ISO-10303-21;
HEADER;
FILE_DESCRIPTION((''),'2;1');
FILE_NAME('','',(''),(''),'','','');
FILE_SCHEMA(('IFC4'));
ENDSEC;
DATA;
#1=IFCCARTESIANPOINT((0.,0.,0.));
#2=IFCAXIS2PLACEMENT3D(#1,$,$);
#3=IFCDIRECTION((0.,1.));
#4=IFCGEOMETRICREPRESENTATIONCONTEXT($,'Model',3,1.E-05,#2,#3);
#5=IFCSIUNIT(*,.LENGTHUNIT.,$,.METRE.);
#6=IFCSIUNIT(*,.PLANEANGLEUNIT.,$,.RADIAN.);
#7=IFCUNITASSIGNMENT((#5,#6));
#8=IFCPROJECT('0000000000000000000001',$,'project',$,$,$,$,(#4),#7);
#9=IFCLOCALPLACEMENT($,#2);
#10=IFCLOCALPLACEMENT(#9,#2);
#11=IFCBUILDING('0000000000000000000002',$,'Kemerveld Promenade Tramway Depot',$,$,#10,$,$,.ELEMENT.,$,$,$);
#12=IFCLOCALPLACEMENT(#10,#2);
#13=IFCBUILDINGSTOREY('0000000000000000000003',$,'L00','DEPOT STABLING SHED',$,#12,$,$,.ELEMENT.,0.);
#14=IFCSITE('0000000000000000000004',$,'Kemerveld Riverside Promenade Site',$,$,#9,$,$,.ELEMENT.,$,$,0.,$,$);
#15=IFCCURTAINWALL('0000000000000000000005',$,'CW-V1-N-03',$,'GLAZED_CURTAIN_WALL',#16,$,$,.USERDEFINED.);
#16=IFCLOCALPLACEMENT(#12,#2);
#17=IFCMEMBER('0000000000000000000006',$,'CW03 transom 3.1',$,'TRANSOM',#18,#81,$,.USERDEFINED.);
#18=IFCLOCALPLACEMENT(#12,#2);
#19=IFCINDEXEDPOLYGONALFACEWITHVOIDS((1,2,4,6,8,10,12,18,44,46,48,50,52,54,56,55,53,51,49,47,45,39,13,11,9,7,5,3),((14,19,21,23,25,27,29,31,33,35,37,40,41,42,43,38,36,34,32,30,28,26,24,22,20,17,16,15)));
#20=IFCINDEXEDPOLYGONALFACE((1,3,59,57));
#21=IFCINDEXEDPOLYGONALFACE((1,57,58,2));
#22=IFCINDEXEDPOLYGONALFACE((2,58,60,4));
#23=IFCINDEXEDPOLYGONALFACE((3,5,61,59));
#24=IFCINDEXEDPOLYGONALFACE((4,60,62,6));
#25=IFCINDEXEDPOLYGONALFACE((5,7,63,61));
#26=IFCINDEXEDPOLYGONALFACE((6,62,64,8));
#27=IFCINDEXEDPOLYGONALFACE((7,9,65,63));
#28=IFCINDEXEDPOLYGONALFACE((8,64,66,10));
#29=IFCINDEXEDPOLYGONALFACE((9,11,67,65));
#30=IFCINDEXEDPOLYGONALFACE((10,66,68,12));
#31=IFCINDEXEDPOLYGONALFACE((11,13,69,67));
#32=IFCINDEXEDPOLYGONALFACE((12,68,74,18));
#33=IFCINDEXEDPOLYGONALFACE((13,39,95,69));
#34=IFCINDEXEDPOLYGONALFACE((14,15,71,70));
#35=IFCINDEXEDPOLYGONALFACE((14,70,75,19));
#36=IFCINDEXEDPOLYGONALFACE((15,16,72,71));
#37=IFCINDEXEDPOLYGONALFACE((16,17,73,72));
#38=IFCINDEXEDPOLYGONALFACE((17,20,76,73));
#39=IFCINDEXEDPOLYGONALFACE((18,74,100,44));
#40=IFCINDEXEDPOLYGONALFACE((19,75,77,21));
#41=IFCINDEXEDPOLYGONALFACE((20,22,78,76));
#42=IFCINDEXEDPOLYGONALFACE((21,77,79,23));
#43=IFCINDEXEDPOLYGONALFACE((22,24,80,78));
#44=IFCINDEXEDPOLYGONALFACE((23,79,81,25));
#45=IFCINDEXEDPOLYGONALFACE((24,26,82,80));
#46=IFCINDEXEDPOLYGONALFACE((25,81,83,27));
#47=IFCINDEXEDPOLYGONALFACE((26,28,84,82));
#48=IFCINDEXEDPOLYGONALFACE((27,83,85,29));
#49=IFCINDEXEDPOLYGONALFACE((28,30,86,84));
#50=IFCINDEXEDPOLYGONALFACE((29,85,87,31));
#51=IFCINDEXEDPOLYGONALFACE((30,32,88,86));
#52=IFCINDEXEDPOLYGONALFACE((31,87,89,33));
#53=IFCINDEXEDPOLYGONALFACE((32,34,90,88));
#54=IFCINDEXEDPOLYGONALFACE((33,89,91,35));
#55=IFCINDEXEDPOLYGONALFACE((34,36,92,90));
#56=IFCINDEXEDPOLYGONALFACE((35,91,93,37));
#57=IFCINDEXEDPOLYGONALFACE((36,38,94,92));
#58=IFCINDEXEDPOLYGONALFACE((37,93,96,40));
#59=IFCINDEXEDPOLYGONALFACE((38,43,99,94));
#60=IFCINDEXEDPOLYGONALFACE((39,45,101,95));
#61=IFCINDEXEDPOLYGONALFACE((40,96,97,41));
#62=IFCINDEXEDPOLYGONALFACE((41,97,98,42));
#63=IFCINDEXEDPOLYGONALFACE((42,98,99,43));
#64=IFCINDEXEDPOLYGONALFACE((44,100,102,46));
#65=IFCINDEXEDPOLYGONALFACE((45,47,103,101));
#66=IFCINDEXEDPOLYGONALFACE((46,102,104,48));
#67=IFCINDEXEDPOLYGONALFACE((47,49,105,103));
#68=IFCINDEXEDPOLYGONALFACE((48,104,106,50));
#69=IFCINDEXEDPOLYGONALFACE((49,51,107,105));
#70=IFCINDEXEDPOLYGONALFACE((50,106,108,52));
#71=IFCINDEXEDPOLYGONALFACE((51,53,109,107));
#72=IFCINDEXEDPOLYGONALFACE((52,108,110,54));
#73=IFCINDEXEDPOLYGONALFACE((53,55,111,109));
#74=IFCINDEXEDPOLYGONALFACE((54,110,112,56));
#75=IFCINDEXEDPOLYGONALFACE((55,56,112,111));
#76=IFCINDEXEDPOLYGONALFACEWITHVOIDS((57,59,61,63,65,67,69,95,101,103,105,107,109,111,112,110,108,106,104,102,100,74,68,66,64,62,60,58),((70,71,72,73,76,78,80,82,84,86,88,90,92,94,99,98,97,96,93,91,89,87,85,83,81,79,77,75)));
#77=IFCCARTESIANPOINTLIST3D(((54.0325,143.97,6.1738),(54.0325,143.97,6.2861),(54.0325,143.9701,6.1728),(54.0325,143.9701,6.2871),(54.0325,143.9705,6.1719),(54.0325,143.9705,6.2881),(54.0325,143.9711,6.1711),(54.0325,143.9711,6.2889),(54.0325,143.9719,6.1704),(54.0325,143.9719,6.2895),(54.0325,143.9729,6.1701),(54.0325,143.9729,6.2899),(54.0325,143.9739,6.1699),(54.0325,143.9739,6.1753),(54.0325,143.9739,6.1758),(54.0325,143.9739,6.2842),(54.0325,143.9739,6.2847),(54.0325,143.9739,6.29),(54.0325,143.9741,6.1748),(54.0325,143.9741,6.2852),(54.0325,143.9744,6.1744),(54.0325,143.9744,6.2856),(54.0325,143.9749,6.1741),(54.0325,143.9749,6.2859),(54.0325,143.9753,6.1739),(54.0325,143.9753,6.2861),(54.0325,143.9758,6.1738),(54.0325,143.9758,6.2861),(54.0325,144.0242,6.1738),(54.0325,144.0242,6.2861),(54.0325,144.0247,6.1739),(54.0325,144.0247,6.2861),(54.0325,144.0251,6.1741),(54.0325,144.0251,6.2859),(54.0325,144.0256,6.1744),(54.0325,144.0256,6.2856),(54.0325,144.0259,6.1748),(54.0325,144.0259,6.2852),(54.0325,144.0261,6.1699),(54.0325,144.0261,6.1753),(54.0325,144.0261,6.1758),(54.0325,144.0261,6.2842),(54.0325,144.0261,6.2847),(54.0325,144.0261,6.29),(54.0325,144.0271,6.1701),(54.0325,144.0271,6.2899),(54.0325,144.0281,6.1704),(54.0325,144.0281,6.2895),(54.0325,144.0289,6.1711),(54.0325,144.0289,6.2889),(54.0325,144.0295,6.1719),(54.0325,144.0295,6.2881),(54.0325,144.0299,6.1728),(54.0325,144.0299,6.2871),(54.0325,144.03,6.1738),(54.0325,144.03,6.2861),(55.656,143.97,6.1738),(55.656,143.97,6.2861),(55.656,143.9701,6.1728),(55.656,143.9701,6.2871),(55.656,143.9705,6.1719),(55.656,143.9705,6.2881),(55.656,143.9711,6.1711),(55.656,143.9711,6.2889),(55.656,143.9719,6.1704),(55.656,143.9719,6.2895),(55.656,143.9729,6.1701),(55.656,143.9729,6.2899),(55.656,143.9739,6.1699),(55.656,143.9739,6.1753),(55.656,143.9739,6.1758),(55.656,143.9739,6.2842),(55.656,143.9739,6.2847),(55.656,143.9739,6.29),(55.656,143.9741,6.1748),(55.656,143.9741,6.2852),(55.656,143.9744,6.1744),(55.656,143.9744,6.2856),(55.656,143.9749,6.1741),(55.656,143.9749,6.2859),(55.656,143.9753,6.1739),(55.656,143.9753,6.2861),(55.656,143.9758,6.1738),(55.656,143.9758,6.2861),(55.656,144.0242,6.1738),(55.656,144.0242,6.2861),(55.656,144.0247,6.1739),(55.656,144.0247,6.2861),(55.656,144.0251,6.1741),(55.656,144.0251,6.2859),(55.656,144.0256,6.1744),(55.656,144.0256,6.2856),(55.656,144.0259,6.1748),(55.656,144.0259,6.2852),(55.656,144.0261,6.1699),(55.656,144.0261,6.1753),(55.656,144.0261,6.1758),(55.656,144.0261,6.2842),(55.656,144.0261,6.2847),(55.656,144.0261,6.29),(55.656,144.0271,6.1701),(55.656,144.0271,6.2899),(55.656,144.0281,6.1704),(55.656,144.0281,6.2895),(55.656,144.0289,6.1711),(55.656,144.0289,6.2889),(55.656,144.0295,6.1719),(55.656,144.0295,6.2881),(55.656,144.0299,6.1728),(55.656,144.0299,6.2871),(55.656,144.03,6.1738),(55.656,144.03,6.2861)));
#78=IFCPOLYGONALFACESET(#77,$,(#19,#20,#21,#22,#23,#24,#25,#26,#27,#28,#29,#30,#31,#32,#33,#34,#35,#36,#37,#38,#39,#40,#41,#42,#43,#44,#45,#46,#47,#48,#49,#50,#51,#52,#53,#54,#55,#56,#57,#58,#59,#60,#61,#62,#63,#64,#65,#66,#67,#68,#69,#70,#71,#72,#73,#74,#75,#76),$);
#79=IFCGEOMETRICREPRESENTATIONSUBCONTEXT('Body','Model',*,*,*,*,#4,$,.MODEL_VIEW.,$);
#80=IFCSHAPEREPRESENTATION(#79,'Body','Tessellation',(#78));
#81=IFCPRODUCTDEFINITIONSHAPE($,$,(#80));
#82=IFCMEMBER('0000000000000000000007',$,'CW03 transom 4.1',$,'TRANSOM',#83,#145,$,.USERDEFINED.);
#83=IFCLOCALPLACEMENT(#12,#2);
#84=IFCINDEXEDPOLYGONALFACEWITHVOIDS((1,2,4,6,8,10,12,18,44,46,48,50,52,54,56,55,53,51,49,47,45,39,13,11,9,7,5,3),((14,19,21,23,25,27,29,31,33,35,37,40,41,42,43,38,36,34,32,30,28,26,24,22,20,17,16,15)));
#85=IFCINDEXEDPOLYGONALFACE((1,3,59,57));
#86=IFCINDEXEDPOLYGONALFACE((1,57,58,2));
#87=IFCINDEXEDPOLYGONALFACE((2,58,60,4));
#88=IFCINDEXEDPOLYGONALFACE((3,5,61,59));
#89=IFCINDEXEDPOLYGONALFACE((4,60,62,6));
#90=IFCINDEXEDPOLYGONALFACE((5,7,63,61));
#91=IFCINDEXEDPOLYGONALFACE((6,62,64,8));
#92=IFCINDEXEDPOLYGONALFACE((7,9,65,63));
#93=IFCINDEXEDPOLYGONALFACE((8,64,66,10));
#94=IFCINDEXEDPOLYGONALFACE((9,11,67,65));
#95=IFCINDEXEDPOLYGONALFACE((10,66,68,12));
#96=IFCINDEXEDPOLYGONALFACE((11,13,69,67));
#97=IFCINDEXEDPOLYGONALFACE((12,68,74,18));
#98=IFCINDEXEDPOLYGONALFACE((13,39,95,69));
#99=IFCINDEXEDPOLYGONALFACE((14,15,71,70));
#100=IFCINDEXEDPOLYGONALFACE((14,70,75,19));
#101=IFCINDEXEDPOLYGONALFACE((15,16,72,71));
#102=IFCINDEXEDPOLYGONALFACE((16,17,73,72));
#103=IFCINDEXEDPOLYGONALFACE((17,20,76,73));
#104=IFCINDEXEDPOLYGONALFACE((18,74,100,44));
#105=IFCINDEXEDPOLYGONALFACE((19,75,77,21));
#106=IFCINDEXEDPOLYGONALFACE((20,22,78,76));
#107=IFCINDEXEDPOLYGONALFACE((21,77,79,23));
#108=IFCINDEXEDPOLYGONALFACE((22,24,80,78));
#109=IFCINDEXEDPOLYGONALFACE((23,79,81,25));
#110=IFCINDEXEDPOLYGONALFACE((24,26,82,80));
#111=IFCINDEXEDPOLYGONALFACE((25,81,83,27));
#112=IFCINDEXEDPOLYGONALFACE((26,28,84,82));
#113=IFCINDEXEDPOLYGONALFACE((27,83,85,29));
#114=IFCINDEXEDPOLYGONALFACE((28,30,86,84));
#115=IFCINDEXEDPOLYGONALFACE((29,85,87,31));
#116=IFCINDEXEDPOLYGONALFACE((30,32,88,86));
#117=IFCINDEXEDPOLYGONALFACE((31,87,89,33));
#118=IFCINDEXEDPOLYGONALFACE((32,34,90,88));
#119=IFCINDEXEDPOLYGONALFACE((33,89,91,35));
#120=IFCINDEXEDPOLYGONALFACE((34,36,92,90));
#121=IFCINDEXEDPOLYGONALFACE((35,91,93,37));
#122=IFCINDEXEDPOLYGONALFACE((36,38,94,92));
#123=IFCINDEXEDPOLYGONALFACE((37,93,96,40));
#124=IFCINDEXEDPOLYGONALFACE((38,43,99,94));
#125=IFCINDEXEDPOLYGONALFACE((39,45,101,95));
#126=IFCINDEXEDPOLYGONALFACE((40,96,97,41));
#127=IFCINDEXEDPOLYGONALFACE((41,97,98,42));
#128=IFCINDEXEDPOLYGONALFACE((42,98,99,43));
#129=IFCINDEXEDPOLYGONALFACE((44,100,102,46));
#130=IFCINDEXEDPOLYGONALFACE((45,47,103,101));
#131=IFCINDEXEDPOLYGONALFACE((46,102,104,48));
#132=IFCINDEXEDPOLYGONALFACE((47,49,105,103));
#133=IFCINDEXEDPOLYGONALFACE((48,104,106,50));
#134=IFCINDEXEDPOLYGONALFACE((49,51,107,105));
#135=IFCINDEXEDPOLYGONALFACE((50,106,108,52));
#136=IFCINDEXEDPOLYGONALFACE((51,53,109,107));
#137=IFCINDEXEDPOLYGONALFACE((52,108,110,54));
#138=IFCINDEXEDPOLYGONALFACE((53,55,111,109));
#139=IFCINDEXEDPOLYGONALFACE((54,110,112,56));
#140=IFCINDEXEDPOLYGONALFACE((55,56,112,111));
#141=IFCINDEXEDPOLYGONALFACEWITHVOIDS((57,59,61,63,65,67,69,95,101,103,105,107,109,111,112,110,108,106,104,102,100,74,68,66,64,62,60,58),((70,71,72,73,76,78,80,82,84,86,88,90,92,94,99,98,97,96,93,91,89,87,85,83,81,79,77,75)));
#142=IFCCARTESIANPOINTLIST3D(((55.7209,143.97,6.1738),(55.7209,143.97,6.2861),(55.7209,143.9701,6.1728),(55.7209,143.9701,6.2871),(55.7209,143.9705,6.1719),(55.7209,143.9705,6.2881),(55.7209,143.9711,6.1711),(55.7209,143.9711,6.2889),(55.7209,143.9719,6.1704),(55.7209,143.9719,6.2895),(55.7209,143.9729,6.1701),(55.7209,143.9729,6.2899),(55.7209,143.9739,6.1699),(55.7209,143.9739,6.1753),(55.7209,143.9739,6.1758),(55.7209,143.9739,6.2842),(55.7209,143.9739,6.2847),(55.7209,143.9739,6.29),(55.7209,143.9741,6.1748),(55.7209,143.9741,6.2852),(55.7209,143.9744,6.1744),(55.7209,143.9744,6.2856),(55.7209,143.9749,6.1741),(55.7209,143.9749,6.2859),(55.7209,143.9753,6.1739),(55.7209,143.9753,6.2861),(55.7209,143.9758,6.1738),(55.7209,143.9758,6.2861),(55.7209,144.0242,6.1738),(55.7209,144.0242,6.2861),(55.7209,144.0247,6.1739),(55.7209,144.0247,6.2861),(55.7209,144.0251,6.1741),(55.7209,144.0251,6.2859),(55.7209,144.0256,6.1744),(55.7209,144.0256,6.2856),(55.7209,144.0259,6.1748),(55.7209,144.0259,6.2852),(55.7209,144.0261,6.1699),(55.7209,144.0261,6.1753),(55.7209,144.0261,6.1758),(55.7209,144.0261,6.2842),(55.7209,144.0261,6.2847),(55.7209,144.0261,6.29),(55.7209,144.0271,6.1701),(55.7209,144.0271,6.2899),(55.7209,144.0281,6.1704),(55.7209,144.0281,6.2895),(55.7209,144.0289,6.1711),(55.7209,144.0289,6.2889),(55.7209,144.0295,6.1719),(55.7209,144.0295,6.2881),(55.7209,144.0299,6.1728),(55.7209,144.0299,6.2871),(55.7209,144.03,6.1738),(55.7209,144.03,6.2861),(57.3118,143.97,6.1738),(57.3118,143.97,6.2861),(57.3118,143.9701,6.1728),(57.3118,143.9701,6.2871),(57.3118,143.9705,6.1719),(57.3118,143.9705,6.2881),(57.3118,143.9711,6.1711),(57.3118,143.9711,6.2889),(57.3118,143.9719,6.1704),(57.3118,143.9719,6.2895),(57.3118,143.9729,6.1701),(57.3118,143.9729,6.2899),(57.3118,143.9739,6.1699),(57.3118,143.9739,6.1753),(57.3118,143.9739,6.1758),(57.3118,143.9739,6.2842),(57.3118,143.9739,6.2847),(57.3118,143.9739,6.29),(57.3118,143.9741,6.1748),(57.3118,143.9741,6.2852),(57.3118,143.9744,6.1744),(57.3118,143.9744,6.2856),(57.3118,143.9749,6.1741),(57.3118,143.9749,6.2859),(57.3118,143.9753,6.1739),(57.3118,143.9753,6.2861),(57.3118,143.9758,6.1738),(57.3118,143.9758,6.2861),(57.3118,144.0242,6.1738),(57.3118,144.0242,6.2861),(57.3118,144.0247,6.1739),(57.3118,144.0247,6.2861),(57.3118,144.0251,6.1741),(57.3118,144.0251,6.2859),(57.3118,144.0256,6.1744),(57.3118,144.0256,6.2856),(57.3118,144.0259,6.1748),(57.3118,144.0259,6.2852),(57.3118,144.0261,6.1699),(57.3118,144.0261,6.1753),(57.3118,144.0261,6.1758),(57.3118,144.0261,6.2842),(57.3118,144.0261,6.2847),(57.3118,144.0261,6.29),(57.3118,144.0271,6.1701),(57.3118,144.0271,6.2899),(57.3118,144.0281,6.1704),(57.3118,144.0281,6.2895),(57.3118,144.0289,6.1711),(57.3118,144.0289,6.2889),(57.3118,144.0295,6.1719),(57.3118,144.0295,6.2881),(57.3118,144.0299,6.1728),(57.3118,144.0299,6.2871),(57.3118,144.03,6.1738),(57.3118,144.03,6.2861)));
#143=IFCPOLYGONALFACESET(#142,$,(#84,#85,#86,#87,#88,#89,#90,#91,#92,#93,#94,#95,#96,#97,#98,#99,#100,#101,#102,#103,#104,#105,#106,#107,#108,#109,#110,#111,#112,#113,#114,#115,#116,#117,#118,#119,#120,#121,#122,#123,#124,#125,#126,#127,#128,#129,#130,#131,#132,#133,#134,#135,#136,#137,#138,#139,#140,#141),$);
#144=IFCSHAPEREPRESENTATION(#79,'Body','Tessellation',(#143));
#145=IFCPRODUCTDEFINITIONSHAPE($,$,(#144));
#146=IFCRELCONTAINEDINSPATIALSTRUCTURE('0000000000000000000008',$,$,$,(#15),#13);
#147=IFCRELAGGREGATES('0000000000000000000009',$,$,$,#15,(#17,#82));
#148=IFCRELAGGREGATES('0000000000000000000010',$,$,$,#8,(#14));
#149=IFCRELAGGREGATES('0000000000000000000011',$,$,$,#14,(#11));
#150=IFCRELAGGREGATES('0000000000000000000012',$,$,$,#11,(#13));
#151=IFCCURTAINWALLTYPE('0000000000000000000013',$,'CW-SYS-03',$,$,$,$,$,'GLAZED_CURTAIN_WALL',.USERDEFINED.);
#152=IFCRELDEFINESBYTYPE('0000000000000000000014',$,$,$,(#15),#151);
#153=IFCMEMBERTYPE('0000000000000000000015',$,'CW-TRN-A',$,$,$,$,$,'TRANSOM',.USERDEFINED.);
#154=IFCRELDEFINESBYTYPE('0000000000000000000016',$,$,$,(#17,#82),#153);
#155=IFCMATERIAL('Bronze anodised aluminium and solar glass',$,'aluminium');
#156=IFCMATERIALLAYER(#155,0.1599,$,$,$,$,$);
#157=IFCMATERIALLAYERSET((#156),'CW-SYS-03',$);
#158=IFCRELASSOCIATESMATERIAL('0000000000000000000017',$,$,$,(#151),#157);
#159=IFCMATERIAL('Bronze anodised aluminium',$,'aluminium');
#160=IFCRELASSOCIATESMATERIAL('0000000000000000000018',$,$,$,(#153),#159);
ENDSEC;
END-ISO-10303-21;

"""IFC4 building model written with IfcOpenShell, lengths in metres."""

from ifc_helpers import new_model, si_unit, direction, frame, origin, origin_2d, place, context, subcontext, project, spatial, hollow_rectangle, extrude, material, layer, layer_set, material_profile, profile_set, type_object, element, aggregate, save


model = new_model("IFC4")

# Units and contexts
model_context = context("Model", 3, precision=1e-05, world=origin(), true_north=direction((0.0, 1.0)))
body_context = subcontext(model_context, "Body", "Model", "MODEL_VIEW")
ifc_project = project(units=[si_unit("LENGTHUNIT", "METRE"), si_unit("PLANEANGLEUNIT", "RADIAN")], contexts=[model_context])

# Site, building, storey
site_placement = place(None, origin())
site = spatial("IfcSite", under=ifc_project, at=site_placement, Name="Kemerveld Riverside Promenade Site", CompositionType="ELEMENT", RefElevation=0.0)
building_placement = place(site_placement, origin())
building = spatial("IfcBuilding", under=site, at=building_placement, Name="Kemerveld Promenade Tramway Depot", CompositionType="ELEMENT")
storey_placement = place(building_placement, origin())
storey = spatial("IfcBuildingStorey", under=building, at=storey_placement, Name="L00", Description="DEPOT STABLING SHED", CompositionType="ELEMENT", Elevation=0.0)

# Curtain wall
ifc_material_1 = material(Name="Bronze anodised aluminium and solar glass", Category="aluminium")
ifc_layer_1 = layer(ifc_material_1, 0.1599)
ifc_layer_set_1 = layer_set([ifc_layer_1], Name="CW-SYS-03")
curtain_wall_type_1 = type_object("IfcCurtainWallType", Name="CW-SYS-03", ElementType="GLAZED_CURTAIN_WALL", PredefinedType="USERDEFINED", material=ifc_layer_set_1)
curtain_wall_1_placement = place(storey_placement, origin())
curtain_wall_1 = element("IfcCurtainWall", 1, at=curtain_wall_1_placement, inside=storey, type_object=curtain_wall_type_1, Name="CW-V1-N-03", ObjectType="GLAZED_CURTAIN_WALL", PredefinedType="USERDEFINED")
ifc_material_2 = material(Name="Bronze anodised aluminium", Category="aluminium")

# Members
ifc_material_profile_1 = material_profile(ifc_material_2, hollow_rectangle(XDim=0.0601, YDim=0.1201, WallThickness=0.0039, InnerFilletRadius=0.002, OuterFilletRadius=0.0039, at=origin_2d()), Name="CW-TRN-120x60")
ifc_profile_set_1 = profile_set([ifc_material_profile_1], Name="Bronze anodised aluminium")
member_type_1 = type_object("IfcMemberType", Name="CW-TRN-A", ElementType="TRANSOM", PredefinedType="USERDEFINED", material=ifc_profile_set_1)
member_1_placement = place(storey_placement, frame((54.0325, 144.0, 6.23), z_axis=(1.0, 0.0, 0.0), x_axis=(0.0, 1.0, 0.0)))
member_1 = element("IfcMember", 2, at=member_1_placement, type_object=member_type_1, Name="CW03 transom 3.1", ObjectType="TRANSOM", PredefinedType="USERDEFINED", context=body_context, shape_type="SweptSolid", body=[
    extrude(hollow_rectangle(XDim=0.0601, YDim=0.1201, WallThickness=0.0039, InnerFilletRadius=0.002, OuterFilletRadius=0.0039, at=origin_2d()), origin(), (0.0, 0.0, 1.0), 1.6235),
])
member_2_placement = place(storey_placement, frame((55.7209, 144.0, 6.23), z_axis=(1.0, 0.0, 0.0), x_axis=(0.0, 1.0, 0.0)))
member_2 = element("IfcMember", 3, at=member_2_placement, type_object=member_type_1, Name="CW03 transom 4.1", ObjectType="TRANSOM", PredefinedType="USERDEFINED", context=body_context, shape_type="SweptSolid", body=[
    extrude(hollow_rectangle(XDim=0.0601, YDim=0.1201, WallThickness=0.0039, InnerFilletRadius=0.002, OuterFilletRadius=0.0039, at=origin_2d()), origin(), (0.0, 0.0, 1.0), 1.5908),
])

aggregate(curtain_wall_1, [member_1, member_2])

save(model, "model.ifc")
